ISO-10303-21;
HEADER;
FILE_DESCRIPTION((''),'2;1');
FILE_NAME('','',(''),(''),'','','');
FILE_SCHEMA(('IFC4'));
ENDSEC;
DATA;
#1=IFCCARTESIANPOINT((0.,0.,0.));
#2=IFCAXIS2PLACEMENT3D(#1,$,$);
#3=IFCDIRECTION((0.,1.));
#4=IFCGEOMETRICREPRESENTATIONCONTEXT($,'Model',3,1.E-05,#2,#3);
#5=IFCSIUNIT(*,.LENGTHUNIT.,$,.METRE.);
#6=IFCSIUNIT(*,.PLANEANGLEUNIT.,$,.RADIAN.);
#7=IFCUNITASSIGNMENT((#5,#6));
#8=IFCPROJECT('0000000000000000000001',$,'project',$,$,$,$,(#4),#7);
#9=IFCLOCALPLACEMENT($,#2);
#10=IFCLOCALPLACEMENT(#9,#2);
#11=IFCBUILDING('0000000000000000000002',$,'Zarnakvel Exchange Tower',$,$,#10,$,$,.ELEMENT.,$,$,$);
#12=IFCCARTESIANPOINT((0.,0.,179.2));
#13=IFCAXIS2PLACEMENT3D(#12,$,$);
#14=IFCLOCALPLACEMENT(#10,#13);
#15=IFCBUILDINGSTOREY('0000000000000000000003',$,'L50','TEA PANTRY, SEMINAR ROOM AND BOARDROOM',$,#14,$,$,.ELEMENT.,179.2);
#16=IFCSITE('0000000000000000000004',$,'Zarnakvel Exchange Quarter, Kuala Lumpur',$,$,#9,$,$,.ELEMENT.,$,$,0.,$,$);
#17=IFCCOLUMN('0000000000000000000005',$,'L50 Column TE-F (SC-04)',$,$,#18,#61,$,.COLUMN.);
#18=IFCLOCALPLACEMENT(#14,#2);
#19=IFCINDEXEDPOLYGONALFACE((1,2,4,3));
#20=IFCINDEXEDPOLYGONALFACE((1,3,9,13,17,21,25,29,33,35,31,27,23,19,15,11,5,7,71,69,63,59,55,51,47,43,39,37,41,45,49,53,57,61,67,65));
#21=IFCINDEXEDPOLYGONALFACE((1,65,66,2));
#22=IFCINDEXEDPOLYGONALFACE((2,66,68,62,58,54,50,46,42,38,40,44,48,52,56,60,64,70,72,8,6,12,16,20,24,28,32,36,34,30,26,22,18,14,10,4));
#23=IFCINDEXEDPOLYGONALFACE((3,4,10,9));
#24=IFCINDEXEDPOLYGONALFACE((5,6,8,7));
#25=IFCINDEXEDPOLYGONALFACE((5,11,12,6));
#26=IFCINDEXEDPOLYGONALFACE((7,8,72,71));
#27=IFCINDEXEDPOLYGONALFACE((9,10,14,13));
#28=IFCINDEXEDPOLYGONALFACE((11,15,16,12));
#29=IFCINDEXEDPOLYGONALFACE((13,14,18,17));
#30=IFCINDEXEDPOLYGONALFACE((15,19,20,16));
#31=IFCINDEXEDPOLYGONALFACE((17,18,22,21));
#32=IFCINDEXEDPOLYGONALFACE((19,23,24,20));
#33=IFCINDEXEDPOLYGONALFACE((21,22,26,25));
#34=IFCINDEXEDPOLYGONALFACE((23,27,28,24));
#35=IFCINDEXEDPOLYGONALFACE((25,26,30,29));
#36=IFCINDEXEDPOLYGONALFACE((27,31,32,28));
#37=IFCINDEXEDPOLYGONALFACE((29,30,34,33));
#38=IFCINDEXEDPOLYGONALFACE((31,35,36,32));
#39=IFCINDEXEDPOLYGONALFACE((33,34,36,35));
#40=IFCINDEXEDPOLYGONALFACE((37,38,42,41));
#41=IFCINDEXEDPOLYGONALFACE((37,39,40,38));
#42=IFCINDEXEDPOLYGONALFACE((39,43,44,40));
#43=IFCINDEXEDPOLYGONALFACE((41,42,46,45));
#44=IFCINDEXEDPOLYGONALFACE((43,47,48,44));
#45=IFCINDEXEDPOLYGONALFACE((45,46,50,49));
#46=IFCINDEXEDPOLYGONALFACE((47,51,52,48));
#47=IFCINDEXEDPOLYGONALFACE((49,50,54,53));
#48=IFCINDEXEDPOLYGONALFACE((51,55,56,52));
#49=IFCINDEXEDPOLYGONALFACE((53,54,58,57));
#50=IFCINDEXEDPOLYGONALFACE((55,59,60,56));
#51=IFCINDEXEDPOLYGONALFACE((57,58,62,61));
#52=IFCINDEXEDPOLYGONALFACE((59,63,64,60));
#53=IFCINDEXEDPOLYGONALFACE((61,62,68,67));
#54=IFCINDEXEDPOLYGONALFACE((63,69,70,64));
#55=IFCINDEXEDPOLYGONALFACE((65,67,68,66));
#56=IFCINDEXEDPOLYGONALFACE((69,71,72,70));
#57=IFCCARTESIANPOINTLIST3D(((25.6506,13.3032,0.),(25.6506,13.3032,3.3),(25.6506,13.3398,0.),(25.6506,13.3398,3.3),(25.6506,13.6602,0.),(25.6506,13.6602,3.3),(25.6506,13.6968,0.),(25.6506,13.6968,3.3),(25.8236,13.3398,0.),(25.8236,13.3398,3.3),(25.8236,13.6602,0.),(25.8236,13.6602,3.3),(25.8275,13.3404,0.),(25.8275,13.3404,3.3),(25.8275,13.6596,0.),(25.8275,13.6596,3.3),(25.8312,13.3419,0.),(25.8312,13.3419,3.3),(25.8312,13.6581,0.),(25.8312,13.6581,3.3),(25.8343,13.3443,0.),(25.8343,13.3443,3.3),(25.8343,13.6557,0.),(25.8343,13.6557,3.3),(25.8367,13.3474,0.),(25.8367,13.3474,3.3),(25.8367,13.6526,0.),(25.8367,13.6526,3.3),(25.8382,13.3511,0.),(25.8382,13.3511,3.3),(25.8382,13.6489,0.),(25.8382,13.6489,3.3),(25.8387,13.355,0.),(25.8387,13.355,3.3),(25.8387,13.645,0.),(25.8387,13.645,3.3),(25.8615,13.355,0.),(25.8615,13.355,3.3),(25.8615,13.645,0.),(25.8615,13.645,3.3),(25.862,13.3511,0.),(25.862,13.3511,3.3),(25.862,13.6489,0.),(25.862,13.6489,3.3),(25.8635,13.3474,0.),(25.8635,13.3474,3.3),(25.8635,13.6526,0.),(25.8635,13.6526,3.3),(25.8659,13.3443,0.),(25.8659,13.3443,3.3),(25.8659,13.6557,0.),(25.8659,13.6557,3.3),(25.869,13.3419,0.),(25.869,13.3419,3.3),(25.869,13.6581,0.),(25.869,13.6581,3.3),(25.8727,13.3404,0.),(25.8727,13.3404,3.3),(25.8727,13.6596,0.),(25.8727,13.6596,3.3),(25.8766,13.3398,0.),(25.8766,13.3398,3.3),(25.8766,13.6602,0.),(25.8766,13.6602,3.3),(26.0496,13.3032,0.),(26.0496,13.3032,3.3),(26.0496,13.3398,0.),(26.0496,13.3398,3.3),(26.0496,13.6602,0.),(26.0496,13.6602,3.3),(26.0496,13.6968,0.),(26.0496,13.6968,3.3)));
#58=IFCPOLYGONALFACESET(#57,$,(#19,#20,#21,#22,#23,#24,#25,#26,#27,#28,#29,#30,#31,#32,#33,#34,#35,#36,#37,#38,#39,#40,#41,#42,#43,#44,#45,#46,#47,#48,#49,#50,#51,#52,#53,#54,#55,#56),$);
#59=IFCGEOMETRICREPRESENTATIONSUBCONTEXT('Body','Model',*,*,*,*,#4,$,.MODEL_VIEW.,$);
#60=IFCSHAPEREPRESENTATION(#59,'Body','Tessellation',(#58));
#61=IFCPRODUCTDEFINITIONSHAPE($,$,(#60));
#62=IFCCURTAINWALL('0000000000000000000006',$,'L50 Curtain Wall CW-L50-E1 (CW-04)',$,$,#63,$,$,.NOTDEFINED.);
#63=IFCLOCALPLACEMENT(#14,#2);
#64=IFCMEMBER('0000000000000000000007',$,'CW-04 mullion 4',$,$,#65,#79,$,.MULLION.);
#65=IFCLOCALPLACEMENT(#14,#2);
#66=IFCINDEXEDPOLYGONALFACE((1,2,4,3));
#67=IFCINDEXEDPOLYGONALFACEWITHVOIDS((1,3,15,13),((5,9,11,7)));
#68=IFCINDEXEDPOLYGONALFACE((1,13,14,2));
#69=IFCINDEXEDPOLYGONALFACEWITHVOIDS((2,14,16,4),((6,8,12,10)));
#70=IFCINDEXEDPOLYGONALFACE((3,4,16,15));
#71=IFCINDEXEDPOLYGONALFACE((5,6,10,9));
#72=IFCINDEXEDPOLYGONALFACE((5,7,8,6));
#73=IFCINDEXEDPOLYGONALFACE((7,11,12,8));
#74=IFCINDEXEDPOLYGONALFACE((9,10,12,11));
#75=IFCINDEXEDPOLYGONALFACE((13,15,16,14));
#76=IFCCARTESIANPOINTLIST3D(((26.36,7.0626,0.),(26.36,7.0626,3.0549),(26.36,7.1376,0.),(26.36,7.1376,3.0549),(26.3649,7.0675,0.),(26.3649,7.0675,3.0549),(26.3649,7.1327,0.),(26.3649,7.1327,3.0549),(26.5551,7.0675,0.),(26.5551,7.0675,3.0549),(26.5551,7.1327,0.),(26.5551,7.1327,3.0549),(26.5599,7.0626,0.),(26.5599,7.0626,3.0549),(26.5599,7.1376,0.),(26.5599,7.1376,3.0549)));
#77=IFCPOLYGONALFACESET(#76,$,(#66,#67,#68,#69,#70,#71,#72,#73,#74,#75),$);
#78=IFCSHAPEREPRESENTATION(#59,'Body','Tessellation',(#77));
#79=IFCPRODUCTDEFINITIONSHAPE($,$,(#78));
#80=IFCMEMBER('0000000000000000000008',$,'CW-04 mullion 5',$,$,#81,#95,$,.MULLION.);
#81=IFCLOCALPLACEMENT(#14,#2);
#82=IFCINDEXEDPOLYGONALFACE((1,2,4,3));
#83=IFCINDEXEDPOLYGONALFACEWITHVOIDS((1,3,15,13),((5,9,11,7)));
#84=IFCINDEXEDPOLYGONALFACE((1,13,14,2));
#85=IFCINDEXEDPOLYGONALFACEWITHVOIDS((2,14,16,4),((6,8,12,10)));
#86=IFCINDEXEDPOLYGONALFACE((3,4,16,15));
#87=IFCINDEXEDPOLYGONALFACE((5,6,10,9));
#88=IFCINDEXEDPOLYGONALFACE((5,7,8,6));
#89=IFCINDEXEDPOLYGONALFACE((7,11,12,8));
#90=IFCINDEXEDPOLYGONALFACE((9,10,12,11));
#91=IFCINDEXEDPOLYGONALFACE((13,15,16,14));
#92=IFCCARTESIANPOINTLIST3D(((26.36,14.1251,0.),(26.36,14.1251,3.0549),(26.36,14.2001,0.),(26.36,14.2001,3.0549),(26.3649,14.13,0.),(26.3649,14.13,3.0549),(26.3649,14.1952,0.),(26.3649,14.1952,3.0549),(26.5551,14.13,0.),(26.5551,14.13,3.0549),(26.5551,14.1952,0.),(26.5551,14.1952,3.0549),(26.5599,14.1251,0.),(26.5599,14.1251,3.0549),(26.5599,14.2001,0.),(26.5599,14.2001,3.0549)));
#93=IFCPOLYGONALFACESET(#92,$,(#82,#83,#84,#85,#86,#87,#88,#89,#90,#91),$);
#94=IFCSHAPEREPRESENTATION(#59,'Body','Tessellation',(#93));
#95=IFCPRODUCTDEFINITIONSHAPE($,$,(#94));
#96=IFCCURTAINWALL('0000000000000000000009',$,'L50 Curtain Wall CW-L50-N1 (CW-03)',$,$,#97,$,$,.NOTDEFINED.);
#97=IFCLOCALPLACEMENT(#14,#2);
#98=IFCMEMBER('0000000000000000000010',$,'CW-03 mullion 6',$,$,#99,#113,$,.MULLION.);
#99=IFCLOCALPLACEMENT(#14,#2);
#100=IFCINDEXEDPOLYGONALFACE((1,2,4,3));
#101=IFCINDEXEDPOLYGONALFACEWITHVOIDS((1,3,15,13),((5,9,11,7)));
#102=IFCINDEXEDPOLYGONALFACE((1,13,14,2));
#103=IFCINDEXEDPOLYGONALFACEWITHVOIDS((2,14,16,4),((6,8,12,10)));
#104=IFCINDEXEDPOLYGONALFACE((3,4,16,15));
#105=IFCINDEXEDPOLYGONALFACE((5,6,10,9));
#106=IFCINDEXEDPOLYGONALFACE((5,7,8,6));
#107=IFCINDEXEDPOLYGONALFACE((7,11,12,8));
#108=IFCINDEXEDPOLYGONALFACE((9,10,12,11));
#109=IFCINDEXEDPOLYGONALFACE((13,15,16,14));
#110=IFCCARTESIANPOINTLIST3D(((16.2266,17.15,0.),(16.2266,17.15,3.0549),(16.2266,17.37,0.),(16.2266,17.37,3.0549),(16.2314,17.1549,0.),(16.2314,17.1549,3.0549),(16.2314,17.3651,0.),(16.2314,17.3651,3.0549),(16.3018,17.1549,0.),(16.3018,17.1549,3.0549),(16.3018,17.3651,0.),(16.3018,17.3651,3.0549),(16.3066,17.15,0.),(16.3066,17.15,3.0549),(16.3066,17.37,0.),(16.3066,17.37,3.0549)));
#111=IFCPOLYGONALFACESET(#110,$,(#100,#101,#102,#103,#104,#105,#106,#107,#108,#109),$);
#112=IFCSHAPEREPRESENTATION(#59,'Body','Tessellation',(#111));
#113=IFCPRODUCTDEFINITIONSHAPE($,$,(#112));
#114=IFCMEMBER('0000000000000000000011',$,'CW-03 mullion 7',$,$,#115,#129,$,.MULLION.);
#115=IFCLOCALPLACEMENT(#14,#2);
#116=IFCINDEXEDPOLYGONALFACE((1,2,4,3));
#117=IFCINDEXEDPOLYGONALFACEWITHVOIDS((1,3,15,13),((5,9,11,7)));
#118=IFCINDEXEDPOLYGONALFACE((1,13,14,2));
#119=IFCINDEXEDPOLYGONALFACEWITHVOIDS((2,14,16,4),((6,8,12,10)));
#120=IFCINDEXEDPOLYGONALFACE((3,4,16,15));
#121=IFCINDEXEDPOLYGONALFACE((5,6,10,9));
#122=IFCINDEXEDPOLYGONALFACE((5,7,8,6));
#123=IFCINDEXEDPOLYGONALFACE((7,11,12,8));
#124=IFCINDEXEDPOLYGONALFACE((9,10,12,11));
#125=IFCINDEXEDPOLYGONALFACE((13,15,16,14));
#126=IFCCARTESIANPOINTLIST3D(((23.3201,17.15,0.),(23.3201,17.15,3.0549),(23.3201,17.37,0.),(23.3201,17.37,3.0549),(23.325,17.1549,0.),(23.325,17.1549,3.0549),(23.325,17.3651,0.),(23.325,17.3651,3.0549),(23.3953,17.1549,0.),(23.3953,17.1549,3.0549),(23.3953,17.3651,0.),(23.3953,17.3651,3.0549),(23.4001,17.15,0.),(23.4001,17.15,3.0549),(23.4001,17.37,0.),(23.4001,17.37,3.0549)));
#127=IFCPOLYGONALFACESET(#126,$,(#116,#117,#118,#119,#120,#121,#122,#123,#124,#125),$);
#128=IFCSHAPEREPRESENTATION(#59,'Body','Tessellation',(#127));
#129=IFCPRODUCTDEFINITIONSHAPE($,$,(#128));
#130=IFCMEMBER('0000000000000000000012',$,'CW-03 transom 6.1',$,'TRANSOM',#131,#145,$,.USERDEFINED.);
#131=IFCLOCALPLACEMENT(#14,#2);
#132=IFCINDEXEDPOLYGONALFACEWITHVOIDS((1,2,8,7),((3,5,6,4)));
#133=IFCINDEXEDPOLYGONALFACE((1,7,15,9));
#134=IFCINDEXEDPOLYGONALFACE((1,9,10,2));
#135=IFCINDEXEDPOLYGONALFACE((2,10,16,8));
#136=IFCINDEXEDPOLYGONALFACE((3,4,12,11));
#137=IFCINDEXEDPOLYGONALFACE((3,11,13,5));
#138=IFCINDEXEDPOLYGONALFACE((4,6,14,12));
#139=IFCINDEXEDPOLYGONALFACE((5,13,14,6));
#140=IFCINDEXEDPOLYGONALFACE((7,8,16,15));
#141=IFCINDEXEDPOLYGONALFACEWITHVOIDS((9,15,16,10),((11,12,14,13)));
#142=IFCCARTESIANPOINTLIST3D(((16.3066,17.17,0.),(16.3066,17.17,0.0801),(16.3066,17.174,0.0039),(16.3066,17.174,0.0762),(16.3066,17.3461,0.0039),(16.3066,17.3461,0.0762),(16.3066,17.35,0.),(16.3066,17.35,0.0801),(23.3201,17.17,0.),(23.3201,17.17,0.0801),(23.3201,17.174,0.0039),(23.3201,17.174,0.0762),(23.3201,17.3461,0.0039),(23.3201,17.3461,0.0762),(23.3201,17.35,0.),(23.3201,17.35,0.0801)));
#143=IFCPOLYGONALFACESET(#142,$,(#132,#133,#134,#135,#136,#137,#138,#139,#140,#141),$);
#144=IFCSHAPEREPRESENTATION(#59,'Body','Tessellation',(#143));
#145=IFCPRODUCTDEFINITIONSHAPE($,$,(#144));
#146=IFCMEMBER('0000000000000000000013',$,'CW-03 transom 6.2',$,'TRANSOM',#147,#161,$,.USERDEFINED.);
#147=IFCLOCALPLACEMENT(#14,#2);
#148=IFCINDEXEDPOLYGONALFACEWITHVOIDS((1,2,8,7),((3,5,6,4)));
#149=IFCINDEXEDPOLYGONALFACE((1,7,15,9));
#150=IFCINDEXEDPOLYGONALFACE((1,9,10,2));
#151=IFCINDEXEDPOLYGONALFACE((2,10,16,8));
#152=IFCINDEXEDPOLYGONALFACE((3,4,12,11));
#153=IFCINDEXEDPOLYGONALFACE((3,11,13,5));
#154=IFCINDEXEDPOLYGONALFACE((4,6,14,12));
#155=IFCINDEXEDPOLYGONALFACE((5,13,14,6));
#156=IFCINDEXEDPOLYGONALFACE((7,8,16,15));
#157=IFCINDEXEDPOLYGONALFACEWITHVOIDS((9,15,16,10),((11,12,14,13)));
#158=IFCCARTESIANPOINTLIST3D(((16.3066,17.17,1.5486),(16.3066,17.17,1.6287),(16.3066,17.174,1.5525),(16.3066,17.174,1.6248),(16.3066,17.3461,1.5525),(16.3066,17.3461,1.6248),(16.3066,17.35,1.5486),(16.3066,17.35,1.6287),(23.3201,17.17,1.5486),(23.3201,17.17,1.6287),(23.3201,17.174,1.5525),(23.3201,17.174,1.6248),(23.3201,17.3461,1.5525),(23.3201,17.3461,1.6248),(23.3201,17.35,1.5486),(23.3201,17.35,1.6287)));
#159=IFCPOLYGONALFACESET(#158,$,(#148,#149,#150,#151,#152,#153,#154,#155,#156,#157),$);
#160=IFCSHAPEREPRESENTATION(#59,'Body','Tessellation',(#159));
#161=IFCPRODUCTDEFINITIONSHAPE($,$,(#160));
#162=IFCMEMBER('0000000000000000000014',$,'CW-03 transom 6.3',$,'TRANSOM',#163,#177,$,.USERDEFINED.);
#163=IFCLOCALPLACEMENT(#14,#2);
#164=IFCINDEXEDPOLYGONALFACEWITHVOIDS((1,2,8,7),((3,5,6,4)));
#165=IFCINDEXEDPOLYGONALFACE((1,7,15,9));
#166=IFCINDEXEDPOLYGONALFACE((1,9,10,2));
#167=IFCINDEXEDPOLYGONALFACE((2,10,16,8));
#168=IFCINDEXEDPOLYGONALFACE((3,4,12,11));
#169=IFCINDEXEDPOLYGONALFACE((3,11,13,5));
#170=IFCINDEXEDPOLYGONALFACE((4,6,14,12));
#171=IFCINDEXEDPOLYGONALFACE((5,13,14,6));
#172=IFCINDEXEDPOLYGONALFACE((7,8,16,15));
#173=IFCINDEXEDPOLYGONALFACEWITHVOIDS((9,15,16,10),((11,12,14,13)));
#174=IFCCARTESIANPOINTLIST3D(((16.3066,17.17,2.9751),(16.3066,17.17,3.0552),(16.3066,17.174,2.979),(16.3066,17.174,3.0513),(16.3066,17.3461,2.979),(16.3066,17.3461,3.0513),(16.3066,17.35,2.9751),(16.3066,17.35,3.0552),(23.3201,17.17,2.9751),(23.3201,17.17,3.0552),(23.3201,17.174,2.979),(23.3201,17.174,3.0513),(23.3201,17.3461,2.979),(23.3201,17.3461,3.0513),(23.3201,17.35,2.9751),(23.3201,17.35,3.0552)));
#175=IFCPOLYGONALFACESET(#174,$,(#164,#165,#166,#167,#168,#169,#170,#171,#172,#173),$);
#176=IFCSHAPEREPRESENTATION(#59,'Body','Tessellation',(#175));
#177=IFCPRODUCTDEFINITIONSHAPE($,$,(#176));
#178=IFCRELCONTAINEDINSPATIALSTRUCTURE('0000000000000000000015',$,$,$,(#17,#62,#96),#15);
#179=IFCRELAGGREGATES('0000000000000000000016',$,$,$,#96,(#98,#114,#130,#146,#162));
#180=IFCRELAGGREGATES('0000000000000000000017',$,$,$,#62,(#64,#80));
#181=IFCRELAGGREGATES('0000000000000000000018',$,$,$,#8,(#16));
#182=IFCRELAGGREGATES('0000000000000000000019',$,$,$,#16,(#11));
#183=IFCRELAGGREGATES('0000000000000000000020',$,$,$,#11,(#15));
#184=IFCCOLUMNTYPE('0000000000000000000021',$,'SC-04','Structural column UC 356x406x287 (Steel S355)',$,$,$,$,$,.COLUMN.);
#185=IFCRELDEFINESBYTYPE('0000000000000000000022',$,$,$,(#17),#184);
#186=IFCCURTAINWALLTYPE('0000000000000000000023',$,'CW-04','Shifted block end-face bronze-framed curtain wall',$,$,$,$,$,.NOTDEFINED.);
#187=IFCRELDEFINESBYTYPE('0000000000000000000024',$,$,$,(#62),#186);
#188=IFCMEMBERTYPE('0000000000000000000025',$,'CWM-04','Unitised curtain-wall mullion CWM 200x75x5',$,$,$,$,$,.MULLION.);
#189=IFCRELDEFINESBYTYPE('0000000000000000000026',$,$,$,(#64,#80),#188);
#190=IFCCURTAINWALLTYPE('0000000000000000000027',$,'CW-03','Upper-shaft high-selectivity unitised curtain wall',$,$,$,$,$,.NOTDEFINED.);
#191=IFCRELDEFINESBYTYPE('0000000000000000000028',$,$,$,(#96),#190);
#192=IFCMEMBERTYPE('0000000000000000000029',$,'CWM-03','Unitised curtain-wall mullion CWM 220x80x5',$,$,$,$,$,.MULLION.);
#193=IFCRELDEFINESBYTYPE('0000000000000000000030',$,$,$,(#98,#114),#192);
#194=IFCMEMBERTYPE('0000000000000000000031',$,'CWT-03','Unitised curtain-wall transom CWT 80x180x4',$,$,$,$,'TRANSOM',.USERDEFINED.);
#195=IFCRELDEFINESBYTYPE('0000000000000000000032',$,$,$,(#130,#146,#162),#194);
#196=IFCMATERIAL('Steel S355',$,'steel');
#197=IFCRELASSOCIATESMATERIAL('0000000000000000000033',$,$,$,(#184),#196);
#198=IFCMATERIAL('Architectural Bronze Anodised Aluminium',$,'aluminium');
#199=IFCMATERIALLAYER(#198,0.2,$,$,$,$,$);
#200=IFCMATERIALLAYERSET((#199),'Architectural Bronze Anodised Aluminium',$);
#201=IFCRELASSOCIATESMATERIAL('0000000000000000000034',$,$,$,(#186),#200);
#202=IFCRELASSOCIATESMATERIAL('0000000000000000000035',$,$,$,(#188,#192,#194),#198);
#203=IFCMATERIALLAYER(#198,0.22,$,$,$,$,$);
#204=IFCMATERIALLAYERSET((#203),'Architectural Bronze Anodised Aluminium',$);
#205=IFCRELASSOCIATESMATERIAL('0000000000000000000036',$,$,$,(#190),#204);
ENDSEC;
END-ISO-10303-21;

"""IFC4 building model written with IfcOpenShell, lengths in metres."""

from ifc_helpers import new_model, si_unit, direction, frame, origin, origin_2d, place, context, subcontext, project, spatial, hollow_rectangle, i_section, extrude, source, transform, mapped, material, layer, layer_set, material_profile, profile_set, type_object, element, aggregate, save


model = new_model("IFC4")

# Units and contexts
model_context = context("Model", 3, precision=1e-05, world=origin(), true_north=direction((0.0, 1.0)))
body_context = subcontext(model_context, "Body", "Model", "MODEL_VIEW")
ifc_project = project(units=[si_unit("LENGTHUNIT", "METRE"), si_unit("PLANEANGLEUNIT", "RADIAN")], contexts=[model_context])

# Site, building, storey
site_placement = place(None, origin())
site = spatial("IfcSite", under=ifc_project, at=site_placement, Name="Zarnakvel Exchange Quarter, Kuala Lumpur", CompositionType="ELEMENT", RefElevation=0.0)
building_placement = place(site_placement, origin())
building = spatial("IfcBuilding", under=site, at=building_placement, Name="Zarnakvel Exchange Tower", CompositionType="ELEMENT")
storey_placement = place(building_placement, frame((0.0, 0.0, 179.2)))
storey = spatial("IfcBuildingStorey", under=building, at=storey_placement, Name="L50", Description="TEA PANTRY, SEMINAR ROOM AND BOARDROOM", CompositionType="ELEMENT", Elevation=179.2)

# Column
ifc_material_1 = material(Name="Steel S355", Category="steel")
ifc_material_profile_1 = material_profile(ifc_material_1, i_section(OverallWidth=0.3989, OverallDepth=0.3936, WebThickness=0.0227, FlangeThickness=0.0366, FilletRadius=0.0151, at=origin_2d()))
ifc_profile_set_1 = profile_set([ifc_material_profile_1], Name="Steel S355")
column_type = type_object("IfcColumnType", Name="SC-04", Description="Structural column UC 356x406x287 (Steel S355)", PredefinedType="COLUMN", material=ifc_profile_set_1)
column_placement = place(storey_placement, frame((25.8501, 13.5, 0.0), z_axis=(0.0, 0.0, 1.0), x_axis=(1.0, 0.0, 0.0)))
element("IfcColumn", 1, at=column_placement, inside=storey, type_object=column_type, Name="L50 Column TE-F (SC-04)", PredefinedType="COLUMN", context=body_context, shape_type="SweptSolid", body=[
    extrude(i_section(OverallWidth=0.3989, OverallDepth=0.3936, WebThickness=0.0227, FlangeThickness=0.0366, FilletRadius=0.0151, at=origin_2d()), origin(), (0.0, 0.0, 1.0), 3.3),
])

# Curtain walls, members
ifc_material_2 = material(Name="Architectural Bronze Anodised Aluminium", Category="aluminium")
ifc_layer_1 = layer(ifc_material_2, 0.2)
ifc_layer_set_1 = layer_set([ifc_layer_1], Name="Architectural Bronze Anodised Aluminium")
curtain_wall_type_1 = type_object("IfcCurtainWallType", Name="CW-04", Description="Shifted block end-face bronze-framed curtain wall", PredefinedType="NOTDEFINED", material=ifc_layer_set_1)
curtain_wall_1_placement = place(storey_placement, origin())
curtain_wall_1 = element("IfcCurtainWall", 2, at=curtain_wall_1_placement, inside=storey, type_object=curtain_wall_type_1, Name="L50 Curtain Wall CW-L50-E1 (CW-04)", PredefinedType="NOTDEFINED")
ifc_material_profile_2 = material_profile(ifc_material_2, hollow_rectangle(XDim=0.2, YDim=0.075, WallThickness=0.0049, at=origin_2d()))
ifc_profile_set_2 = profile_set([ifc_material_profile_2], Name="Architectural Bronze Anodised Aluminium")
member_type_1 = type_object("IfcMemberType", Name="CWM-04", Description="Unitised curtain-wall mullion CWM 200x75x5", PredefinedType="MULLION", material=ifc_profile_set_2)
shared_shape_1 = source(origin(), body_context, "Body", "SweptSolid", [
    extrude(hollow_rectangle(XDim=0.2, YDim=0.075, WallThickness=0.0049, at=origin_2d()), origin(), (0.0, 0.0, 1.0), 3.0549),
])
member_1_placement = place(storey_placement, frame((26.46, 7.1001, 0.0), z_axis=(0.0, 0.0, 1.0), x_axis=(-1.0, 0.0, 0.0)))
member_1 = element("IfcMember", 3, at=member_1_placement, type_object=member_type_1, Name="CW-04 mullion 4", PredefinedType="MULLION", context=body_context, shape_type="MappedRepresentation", body=[
    mapped(shared_shape_1, transform((0.0, 0.0, 0.0), x_axis=(1.0, 0.0, 0.0), y_axis=(0.0, 1.0, 0.0), z_axis=(0.0, 0.0, 1.0), scale=1.0)),
])
member_2_placement = place(storey_placement, frame((26.46, 14.1626, 0.0), z_axis=(0.0, 0.0, 1.0), x_axis=(-1.0, 0.0, 0.0)))
member_2 = element("IfcMember", 4, at=member_2_placement, type_object=member_type_1, Name="CW-04 mullion 5", PredefinedType="MULLION", context=body_context, shape_type="MappedRepresentation", body=[
    mapped(shared_shape_1, transform((0.0, 0.0, 0.0), x_axis=(1.0, 0.0, 0.0), y_axis=(0.0, 1.0, 0.0), z_axis=(0.0, 0.0, 1.0), scale=1.0)),
])
ifc_layer_2 = layer(ifc_material_2, 0.22)
ifc_layer_set_2 = layer_set([ifc_layer_2], Name="Architectural Bronze Anodised Aluminium")
curtain_wall_type_2 = type_object("IfcCurtainWallType", Name="CW-03", Description="Upper-shaft high-selectivity unitised curtain wall", PredefinedType="NOTDEFINED", material=ifc_layer_set_2)
curtain_wall_2_placement = place(storey_placement, origin())
curtain_wall_2 = element("IfcCurtainWall", 5, at=curtain_wall_2_placement, inside=storey, type_object=curtain_wall_type_2, Name="L50 Curtain Wall CW-L50-N1 (CW-03)", PredefinedType="NOTDEFINED")
ifc_material_profile_3 = material_profile(ifc_material_2, hollow_rectangle(XDim=0.22, YDim=0.0801, WallThickness=0.0049, at=origin_2d()))
ifc_profile_set_3 = profile_set([ifc_material_profile_3], Name="Architectural Bronze Anodised Aluminium")
member_type_2 = type_object("IfcMemberType", Name="CWM-03", Description="Unitised curtain-wall mullion CWM 220x80x5", PredefinedType="MULLION", material=ifc_profile_set_3)
shared_shape_2 = source(origin(), body_context, "Body", "SweptSolid", [
    extrude(hollow_rectangle(XDim=0.22, YDim=0.0801, WallThickness=0.0049, at=origin_2d()), origin(), (0.0, 0.0, 1.0), 3.0549),
])
member_3_placement = place(storey_placement, frame((16.2666, 17.26, 0.0), z_axis=(0.0, 0.0, 1.0), x_axis=(0.0, 1.0, 0.0)))
member_3 = element("IfcMember", 6, at=member_3_placement, type_object=member_type_2, Name="CW-03 mullion 6", PredefinedType="MULLION", context=body_context, shape_type="MappedRepresentation", body=[
    mapped(shared_shape_2, transform((0.0, 0.0, 0.0), x_axis=(1.0, 0.0, 0.0), y_axis=(0.0, 1.0, 0.0), z_axis=(0.0, 0.0, 1.0), scale=1.0)),
])
member_4_placement = place(storey_placement, frame((23.3601, 17.26, 0.0), z_axis=(0.0, 0.0, 1.0), x_axis=(0.0, 1.0, 0.0)))
member_4 = element("IfcMember", 7, at=member_4_placement, type_object=member_type_2, Name="CW-03 mullion 7", PredefinedType="MULLION", context=body_context, shape_type="MappedRepresentation", body=[
    mapped(shared_shape_2, transform((0.0, 0.0, 0.0), x_axis=(1.0, 0.0, 0.0), y_axis=(0.0, 1.0, 0.0), z_axis=(0.0, 0.0, 1.0), scale=1.0)),
])
ifc_material_profile_4 = material_profile(ifc_material_2, hollow_rectangle(XDim=0.1799, YDim=0.0801, WallThickness=0.0039, at=origin_2d()))
ifc_profile_set_4 = profile_set([ifc_material_profile_4], Name="Architectural Bronze Anodised Aluminium")
member_type_3 = type_object("IfcMemberType", Name="CWT-03", Description="Unitised curtain-wall transom CWT 80x180x4", ElementType="TRANSOM", PredefinedType="USERDEFINED", material=ifc_profile_set_4)
shared_shape_3 = source(origin(), body_context, "Body", "SweptSolid", [
    extrude(hollow_rectangle(XDim=0.1799, YDim=0.0801, WallThickness=0.0039, at=origin_2d()), origin(), (0.0, 0.0, 1.0), 7.0134),
])
member_5_placement = place(storey_placement, frame((16.3066, 17.26, 0.04), z_axis=(1.0, 0.0, 0.0), x_axis=(0.0, 1.0, 0.0)))
member_5 = element("IfcMember", 8, at=member_5_placement, type_object=member_type_3, Name="CW-03 transom 6.1", ObjectType="TRANSOM", PredefinedType="USERDEFINED", context=body_context, shape_type="MappedRepresentation", body=[
    mapped(shared_shape_3, transform((0.0, 0.0, 0.0), x_axis=(1.0, 0.0, 0.0), y_axis=(0.0, 1.0, 0.0), z_axis=(0.0, 0.0, 1.0), scale=1.0)),
])
member_6_placement = place(storey_placement, frame((16.3066, 17.26, 1.5886), z_axis=(1.0, 0.0, 0.0), x_axis=(0.0, 1.0, 0.0)))
member_6 = element("IfcMember", 9, at=member_6_placement, type_object=member_type_3, Name="CW-03 transom 6.2", ObjectType="TRANSOM", PredefinedType="USERDEFINED", context=body_context, shape_type="MappedRepresentation", body=[
    mapped(shared_shape_3, transform((0.0, 0.0, 0.0), x_axis=(1.0, 0.0, 0.0), y_axis=(0.0, 1.0, 0.0), z_axis=(0.0, 0.0, 1.0), scale=1.0)),
])
member_7_placement = place(storey_placement, frame((16.3066, 17.26, 3.0151), z_axis=(1.0, 0.0, 0.0), x_axis=(0.0, 1.0, 0.0)))
member_7 = element("IfcMember", 10, at=member_7_placement, type_object=member_type_3, Name="CW-03 transom 6.3", ObjectType="TRANSOM", PredefinedType="USERDEFINED", context=body_context, shape_type="MappedRepresentation", body=[
    mapped(shared_shape_3, transform((0.0, 0.0, 0.0), x_axis=(1.0, 0.0, 0.0), y_axis=(0.0, 1.0, 0.0), z_axis=(0.0, 0.0, 1.0), scale=1.0)),
])

aggregate(curtain_wall_2, [member_3, member_4, member_5, member_6, member_7])
aggregate(curtain_wall_1, [member_1, member_2])

save(model, "model.ifc")
